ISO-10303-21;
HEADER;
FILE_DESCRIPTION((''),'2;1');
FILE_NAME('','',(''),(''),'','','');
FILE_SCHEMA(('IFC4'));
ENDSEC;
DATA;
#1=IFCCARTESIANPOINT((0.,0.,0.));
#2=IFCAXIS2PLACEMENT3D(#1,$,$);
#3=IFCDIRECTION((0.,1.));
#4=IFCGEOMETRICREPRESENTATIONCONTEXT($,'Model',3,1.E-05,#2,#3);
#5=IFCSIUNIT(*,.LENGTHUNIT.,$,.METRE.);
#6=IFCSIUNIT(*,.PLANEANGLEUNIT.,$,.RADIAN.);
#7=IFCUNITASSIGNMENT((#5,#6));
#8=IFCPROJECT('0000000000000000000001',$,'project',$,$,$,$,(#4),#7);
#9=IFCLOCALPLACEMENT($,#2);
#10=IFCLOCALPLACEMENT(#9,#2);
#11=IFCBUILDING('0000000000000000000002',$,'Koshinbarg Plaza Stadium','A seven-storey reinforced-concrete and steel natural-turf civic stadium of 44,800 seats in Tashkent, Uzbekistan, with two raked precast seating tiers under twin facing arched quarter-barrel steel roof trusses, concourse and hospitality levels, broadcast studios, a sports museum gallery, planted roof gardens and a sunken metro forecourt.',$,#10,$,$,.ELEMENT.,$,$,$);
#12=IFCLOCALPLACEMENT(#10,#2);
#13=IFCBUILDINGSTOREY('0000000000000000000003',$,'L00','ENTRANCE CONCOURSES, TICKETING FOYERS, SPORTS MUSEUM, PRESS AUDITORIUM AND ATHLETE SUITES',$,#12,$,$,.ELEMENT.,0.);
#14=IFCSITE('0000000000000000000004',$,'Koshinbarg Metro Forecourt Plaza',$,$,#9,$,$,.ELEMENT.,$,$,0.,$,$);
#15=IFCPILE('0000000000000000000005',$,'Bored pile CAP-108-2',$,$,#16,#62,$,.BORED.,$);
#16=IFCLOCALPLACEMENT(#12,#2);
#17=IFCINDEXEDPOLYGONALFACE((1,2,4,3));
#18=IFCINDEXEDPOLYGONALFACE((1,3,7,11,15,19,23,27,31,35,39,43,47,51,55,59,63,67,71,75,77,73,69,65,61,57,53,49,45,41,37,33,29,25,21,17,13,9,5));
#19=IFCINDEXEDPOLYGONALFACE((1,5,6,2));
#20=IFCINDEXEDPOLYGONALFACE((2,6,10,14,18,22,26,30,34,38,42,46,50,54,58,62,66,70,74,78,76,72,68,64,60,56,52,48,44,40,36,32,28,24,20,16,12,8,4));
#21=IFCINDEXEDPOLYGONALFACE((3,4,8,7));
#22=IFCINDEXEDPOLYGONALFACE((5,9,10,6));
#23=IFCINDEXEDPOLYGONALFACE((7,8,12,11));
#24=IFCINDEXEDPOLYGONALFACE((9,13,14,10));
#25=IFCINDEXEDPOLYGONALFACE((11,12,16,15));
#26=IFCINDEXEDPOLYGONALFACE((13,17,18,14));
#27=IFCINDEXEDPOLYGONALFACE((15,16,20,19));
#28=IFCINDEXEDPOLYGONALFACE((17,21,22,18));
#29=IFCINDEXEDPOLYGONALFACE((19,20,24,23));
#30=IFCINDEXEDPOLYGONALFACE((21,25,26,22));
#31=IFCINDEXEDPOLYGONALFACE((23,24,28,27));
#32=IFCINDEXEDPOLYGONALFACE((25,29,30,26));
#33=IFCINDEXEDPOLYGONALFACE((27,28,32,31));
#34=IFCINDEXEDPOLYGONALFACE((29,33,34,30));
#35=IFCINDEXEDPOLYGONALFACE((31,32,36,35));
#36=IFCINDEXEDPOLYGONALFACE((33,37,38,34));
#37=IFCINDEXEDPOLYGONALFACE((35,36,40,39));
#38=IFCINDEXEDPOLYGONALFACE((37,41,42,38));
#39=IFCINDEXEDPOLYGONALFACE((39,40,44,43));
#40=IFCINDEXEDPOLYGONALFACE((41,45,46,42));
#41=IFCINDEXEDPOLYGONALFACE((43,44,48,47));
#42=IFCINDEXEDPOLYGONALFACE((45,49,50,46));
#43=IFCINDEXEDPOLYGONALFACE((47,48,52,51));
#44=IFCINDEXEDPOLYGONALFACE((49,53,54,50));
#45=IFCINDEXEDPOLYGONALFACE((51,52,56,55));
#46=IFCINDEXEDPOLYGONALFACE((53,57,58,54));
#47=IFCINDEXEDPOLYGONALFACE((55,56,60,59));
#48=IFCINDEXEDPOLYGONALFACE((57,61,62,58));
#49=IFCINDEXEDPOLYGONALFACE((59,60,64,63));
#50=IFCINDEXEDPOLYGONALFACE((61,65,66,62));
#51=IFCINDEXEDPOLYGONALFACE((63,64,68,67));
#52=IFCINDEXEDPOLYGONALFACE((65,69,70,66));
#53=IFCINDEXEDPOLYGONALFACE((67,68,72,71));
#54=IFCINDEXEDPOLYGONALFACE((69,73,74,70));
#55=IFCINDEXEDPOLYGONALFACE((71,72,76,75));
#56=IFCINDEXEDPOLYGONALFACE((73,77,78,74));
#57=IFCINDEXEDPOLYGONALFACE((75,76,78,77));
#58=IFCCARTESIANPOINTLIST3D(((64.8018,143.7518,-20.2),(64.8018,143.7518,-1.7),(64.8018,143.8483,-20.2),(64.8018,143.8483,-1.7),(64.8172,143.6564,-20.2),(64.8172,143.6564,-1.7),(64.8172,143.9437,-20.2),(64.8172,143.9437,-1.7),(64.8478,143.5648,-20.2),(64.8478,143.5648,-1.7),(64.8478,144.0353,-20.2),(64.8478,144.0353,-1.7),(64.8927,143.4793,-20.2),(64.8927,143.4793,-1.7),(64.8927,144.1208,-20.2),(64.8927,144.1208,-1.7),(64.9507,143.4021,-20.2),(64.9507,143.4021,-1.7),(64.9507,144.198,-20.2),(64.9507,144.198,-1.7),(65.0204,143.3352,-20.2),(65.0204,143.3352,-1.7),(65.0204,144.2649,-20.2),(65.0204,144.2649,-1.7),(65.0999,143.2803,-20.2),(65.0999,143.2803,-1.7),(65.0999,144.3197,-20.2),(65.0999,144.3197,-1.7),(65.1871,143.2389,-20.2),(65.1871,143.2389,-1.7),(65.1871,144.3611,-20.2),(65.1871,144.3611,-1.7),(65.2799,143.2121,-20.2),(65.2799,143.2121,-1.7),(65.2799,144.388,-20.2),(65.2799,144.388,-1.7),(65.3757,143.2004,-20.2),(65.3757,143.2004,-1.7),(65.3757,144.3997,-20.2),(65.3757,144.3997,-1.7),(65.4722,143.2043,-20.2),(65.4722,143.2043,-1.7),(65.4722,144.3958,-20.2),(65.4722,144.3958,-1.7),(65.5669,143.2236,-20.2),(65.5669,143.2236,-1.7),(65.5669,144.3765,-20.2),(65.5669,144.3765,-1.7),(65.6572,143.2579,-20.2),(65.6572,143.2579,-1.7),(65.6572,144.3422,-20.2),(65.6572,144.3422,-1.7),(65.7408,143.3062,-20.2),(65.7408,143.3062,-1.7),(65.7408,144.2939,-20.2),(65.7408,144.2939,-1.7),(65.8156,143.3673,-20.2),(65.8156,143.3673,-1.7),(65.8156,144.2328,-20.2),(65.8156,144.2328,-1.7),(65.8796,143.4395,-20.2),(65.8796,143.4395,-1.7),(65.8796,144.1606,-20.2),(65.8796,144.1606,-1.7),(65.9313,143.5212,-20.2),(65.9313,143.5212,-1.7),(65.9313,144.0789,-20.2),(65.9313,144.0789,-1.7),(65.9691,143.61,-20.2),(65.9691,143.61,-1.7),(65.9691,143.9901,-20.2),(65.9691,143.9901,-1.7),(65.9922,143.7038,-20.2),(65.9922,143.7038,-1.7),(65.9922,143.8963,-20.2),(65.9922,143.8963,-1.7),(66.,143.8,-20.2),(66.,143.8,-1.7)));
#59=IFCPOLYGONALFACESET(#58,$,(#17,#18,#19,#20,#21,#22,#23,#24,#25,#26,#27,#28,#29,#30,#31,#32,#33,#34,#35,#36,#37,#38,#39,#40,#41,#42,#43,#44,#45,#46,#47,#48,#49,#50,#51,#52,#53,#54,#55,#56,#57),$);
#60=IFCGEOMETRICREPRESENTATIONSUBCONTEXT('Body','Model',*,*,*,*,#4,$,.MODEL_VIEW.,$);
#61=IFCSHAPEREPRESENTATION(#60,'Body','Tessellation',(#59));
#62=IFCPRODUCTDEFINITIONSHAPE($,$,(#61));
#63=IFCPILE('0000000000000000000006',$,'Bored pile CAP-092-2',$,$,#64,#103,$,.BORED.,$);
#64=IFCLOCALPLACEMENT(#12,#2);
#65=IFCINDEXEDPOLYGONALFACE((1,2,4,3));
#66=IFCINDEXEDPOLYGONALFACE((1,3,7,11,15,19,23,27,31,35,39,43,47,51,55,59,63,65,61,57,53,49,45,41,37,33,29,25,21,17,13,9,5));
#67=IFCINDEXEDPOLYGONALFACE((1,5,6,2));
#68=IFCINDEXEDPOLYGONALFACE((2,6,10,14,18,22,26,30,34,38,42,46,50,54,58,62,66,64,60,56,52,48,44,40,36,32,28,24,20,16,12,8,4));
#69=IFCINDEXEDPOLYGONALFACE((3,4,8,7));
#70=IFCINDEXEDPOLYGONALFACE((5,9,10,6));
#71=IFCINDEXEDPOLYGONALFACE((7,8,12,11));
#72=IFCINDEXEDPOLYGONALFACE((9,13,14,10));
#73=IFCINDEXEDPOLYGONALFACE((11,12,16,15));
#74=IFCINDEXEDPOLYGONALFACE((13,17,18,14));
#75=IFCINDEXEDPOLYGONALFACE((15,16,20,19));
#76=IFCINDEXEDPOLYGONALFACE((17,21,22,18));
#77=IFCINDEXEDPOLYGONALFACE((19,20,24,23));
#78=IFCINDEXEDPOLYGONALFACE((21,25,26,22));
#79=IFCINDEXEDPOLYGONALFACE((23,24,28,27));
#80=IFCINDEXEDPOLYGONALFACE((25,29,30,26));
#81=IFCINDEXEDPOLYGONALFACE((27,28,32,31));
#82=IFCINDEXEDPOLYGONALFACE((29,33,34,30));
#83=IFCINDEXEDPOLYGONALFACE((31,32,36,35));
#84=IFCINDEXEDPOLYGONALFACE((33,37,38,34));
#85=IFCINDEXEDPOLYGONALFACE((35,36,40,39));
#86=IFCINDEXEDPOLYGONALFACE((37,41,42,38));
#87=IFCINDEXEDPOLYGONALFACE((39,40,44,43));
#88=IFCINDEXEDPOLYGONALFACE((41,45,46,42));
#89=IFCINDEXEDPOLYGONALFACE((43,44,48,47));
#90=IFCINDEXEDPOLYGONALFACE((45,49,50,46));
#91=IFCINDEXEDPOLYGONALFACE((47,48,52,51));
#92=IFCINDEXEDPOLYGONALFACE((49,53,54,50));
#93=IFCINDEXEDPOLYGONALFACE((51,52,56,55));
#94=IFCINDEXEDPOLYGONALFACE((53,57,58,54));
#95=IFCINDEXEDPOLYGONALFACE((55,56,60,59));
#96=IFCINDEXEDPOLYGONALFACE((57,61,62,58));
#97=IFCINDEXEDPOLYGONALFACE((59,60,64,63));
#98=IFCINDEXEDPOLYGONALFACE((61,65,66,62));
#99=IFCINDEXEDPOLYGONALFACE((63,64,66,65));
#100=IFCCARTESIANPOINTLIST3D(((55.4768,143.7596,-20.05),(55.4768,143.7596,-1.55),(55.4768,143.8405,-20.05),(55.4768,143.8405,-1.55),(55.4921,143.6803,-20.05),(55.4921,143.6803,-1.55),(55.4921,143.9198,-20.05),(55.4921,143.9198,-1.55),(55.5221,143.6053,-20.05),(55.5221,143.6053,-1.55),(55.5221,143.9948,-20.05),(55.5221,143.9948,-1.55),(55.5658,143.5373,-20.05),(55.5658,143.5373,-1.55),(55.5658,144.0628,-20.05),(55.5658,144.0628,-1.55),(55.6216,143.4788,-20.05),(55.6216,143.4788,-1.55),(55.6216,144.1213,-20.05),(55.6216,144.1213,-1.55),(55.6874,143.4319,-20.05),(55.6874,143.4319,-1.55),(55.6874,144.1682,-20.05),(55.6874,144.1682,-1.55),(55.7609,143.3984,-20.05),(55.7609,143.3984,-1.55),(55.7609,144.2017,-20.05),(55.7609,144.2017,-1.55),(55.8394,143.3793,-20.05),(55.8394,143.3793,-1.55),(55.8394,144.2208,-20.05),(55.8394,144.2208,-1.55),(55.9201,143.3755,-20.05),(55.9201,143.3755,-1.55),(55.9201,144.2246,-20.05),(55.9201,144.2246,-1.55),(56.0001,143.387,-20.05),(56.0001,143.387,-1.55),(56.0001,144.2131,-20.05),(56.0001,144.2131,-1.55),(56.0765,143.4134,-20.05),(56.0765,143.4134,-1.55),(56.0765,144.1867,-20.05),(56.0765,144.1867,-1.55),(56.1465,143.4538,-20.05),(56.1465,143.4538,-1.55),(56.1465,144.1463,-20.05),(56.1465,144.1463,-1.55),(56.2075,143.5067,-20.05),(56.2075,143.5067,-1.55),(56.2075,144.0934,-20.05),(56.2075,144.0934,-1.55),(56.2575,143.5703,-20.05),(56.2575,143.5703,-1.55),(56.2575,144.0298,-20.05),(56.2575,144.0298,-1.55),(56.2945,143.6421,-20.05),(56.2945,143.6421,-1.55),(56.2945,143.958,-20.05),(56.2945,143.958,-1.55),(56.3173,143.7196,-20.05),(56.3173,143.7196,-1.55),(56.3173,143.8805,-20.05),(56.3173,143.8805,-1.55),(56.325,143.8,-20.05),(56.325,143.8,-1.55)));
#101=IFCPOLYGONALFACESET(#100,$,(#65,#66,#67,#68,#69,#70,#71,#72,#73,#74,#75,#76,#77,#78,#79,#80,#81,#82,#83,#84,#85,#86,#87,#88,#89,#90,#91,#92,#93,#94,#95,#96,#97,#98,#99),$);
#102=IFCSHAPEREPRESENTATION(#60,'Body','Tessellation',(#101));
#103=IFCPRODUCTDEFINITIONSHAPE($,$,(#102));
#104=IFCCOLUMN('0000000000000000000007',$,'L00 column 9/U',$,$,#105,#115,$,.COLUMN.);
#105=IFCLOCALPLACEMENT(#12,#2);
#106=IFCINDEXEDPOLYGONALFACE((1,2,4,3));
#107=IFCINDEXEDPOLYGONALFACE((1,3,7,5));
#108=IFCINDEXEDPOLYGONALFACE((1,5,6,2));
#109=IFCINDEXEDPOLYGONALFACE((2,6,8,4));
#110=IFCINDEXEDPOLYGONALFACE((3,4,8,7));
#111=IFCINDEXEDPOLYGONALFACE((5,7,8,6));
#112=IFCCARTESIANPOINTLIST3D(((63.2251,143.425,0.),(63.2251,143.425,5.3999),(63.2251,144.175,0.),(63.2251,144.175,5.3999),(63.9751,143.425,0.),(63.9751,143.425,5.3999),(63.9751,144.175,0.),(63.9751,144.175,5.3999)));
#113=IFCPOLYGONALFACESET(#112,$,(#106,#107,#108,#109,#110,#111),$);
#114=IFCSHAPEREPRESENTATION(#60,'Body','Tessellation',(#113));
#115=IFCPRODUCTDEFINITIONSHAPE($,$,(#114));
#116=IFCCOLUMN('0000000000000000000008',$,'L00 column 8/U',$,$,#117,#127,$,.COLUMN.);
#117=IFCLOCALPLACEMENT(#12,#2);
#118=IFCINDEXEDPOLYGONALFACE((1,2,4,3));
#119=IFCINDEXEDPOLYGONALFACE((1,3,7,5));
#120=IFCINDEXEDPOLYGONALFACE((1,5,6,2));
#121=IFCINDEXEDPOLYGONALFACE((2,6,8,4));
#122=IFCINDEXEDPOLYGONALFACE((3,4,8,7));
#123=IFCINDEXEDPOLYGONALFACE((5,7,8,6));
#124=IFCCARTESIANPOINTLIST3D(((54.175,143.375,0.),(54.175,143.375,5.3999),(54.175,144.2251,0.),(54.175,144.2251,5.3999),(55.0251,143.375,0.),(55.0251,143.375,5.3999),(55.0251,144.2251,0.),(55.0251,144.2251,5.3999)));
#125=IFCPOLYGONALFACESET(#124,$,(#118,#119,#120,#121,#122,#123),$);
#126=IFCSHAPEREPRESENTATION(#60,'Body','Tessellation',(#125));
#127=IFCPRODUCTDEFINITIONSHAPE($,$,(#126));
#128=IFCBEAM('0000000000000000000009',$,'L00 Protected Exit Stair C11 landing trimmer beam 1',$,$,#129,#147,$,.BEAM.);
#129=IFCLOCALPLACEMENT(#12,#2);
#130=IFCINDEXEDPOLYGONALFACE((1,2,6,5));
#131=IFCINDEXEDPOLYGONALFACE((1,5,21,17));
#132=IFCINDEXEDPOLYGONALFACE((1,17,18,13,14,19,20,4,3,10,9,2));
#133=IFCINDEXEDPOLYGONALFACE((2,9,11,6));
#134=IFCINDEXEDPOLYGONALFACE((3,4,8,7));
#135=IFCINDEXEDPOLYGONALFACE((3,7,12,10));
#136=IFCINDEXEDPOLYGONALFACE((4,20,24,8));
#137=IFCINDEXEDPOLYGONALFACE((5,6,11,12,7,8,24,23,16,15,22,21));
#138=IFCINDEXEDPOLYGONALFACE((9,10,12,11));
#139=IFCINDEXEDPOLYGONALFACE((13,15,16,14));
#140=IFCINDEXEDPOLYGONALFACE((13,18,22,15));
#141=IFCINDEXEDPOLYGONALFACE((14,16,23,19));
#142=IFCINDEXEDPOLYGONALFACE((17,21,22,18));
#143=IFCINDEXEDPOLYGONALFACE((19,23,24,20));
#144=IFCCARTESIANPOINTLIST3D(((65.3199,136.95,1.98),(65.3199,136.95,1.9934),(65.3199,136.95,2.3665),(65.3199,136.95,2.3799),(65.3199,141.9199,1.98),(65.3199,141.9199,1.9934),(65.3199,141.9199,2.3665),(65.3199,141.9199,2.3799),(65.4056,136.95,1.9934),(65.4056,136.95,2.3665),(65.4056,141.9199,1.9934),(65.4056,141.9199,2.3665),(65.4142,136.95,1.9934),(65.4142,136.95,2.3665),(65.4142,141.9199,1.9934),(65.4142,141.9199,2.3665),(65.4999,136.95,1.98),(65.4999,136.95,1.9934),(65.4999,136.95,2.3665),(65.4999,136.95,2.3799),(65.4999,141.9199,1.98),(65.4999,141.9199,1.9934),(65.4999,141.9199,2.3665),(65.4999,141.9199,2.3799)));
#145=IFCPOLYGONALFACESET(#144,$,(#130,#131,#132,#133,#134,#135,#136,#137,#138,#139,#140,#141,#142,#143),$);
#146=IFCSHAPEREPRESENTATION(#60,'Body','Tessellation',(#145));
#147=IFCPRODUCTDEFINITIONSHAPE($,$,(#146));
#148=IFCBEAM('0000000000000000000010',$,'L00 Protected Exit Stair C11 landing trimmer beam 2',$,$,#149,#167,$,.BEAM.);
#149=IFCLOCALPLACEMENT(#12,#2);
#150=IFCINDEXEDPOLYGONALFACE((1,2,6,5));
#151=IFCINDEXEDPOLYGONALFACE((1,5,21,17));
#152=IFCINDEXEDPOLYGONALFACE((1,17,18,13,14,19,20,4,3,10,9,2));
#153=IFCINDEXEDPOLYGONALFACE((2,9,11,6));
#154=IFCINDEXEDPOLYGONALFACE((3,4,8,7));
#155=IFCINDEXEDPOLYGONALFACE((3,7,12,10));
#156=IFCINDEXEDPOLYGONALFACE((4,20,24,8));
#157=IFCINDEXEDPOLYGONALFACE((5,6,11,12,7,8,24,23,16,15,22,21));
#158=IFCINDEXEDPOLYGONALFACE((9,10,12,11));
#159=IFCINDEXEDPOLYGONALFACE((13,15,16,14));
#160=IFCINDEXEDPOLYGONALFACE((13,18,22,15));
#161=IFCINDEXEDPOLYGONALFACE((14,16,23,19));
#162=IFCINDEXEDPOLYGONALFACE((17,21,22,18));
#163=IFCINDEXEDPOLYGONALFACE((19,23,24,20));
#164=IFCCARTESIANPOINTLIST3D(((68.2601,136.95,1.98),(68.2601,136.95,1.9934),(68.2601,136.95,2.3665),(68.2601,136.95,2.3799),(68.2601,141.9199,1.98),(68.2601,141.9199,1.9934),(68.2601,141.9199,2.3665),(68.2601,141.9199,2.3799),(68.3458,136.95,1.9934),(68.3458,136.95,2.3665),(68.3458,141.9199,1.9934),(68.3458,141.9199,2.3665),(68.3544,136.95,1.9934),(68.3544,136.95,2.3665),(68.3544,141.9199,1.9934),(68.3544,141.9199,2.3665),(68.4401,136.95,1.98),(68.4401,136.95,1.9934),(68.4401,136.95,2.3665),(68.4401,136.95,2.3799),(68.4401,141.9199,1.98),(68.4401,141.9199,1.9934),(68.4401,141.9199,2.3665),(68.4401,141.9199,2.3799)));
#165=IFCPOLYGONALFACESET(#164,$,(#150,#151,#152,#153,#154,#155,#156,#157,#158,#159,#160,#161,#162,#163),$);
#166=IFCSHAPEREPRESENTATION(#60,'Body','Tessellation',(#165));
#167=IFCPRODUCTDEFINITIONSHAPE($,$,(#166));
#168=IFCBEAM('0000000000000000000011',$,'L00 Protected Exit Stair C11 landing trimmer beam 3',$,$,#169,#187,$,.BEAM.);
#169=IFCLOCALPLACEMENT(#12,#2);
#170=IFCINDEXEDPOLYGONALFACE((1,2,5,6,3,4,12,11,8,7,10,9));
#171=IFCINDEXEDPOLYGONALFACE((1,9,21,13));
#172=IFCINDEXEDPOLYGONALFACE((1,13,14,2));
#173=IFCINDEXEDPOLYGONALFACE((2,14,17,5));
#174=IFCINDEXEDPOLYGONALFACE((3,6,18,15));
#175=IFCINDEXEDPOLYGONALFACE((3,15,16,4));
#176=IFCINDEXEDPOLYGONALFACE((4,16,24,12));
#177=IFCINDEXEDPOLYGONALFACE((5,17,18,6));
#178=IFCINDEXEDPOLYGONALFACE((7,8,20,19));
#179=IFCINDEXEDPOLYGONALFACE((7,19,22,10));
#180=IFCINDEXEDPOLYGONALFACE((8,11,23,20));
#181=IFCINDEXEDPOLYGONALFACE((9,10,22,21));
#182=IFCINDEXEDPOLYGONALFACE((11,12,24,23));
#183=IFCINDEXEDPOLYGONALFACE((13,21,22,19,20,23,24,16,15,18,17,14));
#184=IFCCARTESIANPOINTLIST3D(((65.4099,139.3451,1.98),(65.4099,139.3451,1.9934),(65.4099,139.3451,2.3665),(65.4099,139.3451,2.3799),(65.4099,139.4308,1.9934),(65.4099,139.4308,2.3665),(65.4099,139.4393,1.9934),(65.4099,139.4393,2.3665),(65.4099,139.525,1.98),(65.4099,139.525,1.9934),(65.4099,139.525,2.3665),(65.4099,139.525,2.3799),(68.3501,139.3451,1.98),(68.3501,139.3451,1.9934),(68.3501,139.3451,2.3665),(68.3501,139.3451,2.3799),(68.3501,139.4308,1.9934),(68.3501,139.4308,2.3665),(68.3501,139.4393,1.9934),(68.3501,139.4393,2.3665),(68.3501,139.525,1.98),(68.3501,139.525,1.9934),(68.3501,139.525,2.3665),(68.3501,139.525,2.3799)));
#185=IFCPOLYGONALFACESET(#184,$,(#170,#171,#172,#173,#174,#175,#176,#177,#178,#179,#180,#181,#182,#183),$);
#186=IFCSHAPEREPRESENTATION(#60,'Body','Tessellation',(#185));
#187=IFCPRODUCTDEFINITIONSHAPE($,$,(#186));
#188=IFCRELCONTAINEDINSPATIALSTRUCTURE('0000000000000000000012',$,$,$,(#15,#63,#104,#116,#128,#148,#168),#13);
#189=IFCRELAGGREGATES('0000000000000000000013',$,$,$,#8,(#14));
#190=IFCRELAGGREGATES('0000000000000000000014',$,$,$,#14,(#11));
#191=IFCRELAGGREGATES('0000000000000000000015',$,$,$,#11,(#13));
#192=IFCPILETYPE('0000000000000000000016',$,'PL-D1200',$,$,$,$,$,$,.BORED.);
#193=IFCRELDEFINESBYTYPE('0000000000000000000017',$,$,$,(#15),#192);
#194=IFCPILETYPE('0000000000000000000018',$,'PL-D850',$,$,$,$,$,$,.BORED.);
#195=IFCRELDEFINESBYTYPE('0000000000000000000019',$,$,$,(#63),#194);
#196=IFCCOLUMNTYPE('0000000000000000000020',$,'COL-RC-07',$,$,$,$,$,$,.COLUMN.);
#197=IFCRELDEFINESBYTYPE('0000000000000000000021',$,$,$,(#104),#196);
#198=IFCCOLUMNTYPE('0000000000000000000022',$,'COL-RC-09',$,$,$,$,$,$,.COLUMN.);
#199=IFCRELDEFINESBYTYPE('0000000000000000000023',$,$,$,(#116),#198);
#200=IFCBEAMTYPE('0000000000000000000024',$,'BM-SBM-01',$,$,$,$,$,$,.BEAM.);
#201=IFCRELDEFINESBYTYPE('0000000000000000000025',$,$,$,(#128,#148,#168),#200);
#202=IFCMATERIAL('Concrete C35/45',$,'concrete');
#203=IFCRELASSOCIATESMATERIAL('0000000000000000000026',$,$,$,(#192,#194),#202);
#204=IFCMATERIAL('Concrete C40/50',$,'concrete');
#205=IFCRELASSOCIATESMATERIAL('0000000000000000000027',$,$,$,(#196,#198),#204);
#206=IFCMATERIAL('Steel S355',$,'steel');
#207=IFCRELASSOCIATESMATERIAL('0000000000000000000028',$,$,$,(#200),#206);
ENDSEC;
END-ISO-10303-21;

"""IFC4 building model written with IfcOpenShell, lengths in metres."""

from ifc_helpers import new_model, si_unit, direction, frame, origin, origin_2d, place, context, subcontext, project, spatial, rectangle, circle, i_section, extrude, material, material_profile, profile_set, type_object, element, save


model = new_model("IFC4")

# Units and contexts
model_context = context("Model", 3, precision=1e-05, world=origin(), true_north=direction((0.0, 1.0)))
body_context = subcontext(model_context, "Body", "Model", "MODEL_VIEW")
ifc_project = project(units=[si_unit("LENGTHUNIT", "METRE"), si_unit("PLANEANGLEUNIT", "RADIAN")], contexts=[model_context])

# Site, building, storey
site_placement = place(None, origin())
site = spatial("IfcSite", under=ifc_project, at=site_placement, Name="Koshinbarg Metro Forecourt Plaza", CompositionType="ELEMENT", RefElevation=0.0)
building_placement = place(site_placement, origin())
building = spatial("IfcBuilding", under=site, at=building_placement, Name="Koshinbarg Plaza Stadium", Description="A seven-storey reinforced-concrete and steel natural-turf civic stadium of 44,800 seats in Tashkent, Uzbekistan, with two raked precast seating tiers under twin facing arched quarter-barrel steel roof trusses, concourse and hospitality levels, broadcast studios, a sports museum gallery, planted roof gardens and a sunken metro forecourt.", CompositionType="ELEMENT")
storey_placement = place(building_placement, origin())
storey = spatial("IfcBuildingStorey", under=building, at=storey_placement, Name="L00", Description="ENTRANCE CONCOURSES, TICKETING FOYERS, SPORTS MUSEUM, PRESS AUDITORIUM AND ATHLETE SUITES", CompositionType="ELEMENT", Elevation=0.0)

# Shared definitions
ifc_material_1 = material(Name="Concrete C35/45", Category="concrete")

# Piles
ifc_material_profile_1 = material_profile(ifc_material_1, circle(Radius=0.6001, at=origin_2d()), Name="PILE D1200")
ifc_profile_set_1 = profile_set([ifc_material_profile_1], Name="Concrete C35/45")
pile_type_1 = type_object("IfcPileType", Name="PL-D1200", PredefinedType="BORED", material=ifc_profile_set_1)
for number, where, z_axis, x_axis, name in (
    (1, (65.3999, 143.8, -1.7), (0.0, 0.0, -1.0), (1.0, 0.0, 0.0), "Bored pile CAP-108-2"),
):
    element("IfcPile", number, at=place(storey_placement, frame(where, z_axis=z_axis, x_axis=x_axis)), inside=storey, type_object=pile_type_1, Name=name, PredefinedType="BORED", context=body_context, shape_type="SweptSolid", body=[
        extrude(circle(Radius=0.6001, at=origin_2d()), origin(), (0.0, 0.0, 1.0), 18.5),
    ])
ifc_material_profile_2 = material_profile(ifc_material_1, circle(Radius=0.425, at=origin_2d()), Name="PILE D850")
ifc_profile_set_2 = profile_set([ifc_material_profile_2], Name="Concrete C35/45")
pile_type_2 = type_object("IfcPileType", Name="PL-D850", PredefinedType="BORED", material=ifc_profile_set_2)
pile_1_placement = place(storey_placement, frame((55.8999, 143.8, -1.55), z_axis=(0.0, 0.0, -1.0), x_axis=(1.0, 0.0, 0.0)))
element("IfcPile", 2, at=pile_1_placement, inside=storey, type_object=pile_type_2, Name="Bored pile CAP-092-2", PredefinedType="BORED", context=body_context, shape_type="SweptSolid", body=[
    extrude(circle(Radius=0.425, at=origin_2d()), origin(), (0.0, 0.0, 1.0), 18.5),
])

# Columns
ifc_material_2 = material(Name="Concrete C40/50", Category="concrete")
ifc_material_profile_3 = material_profile(ifc_material_2, rectangle(XDim=0.75, YDim=0.75, at=origin_2d()), Name="RC 750x750")
ifc_profile_set_3 = profile_set([ifc_material_profile_3], Name="Concrete C40/50")
column_type_1 = type_object("IfcColumnType", Name="COL-RC-07", PredefinedType="COLUMN", material=ifc_profile_set_3)
column_1_placement = place(storey_placement, frame((63.6001, 143.8, 0.0), z_axis=(0.0, 0.0, 1.0), x_axis=(1.0, 0.0, 0.0)))
element("IfcColumn", 3, at=column_1_placement, inside=storey, type_object=column_type_1, Name="L00 column 9/U", PredefinedType="COLUMN", context=body_context, shape_type="SweptSolid", body=[
    extrude(rectangle(XDim=0.75, YDim=0.75, at=origin_2d()), origin(), (0.0, 0.0, 1.0), 5.3999),
])
ifc_material_profile_4 = material_profile(ifc_material_2, rectangle(XDim=0.8501, YDim=0.8501, at=origin_2d()), Name="RC 850x850")
ifc_profile_set_4 = profile_set([ifc_material_profile_4], Name="Concrete C40/50")
column_type_2 = type_object("IfcColumnType", Name="COL-RC-09", PredefinedType="COLUMN", material=ifc_profile_set_4)
column_2_placement = place(storey_placement, frame((54.6001, 143.8, 0.0), z_axis=(0.0, 0.0, 1.0), x_axis=(1.0, 0.0, 0.0)))
element("IfcColumn", 4, at=column_2_placement, inside=storey, type_object=column_type_2, Name="L00 column 8/U", PredefinedType="COLUMN", context=body_context, shape_type="SweptSolid", body=[
    extrude(rectangle(XDim=0.8501, YDim=0.8501, at=origin_2d()), origin(), (0.0, 0.0, 1.0), 5.3999),
])

# Beams
ifc_material_3 = material(Name="Steel S355", Category="steel")
ifc_material_profile_5 = material_profile(ifc_material_3, i_section(OverallWidth=0.1799, OverallDepth=0.3999, WebThickness=0.0085, FlangeThickness=0.0134, at=origin_2d()), Name="IPE 400")
ifc_profile_set_5 = profile_set([ifc_material_profile_5], Name="Steel S355")
beam_type = type_object("IfcBeamType", Name="BM-SBM-01", PredefinedType="BEAM", material=ifc_profile_set_5)
for number, where, z_axis, x_axis, name in (
    (5, (65.4099, 136.95, 2.1799), (0.0, 1.0, 0.0), (-1.0, 0.0, 0.0), "L00 Protected Exit Stair C11 landing trimmer beam 1"),
    (6, (68.3501, 136.95, 2.1799), (0.0, 1.0, 0.0), (-1.0, 0.0, 0.0), "L00 Protected Exit Stair C11 landing trimmer beam 2"),
):
    element("IfcBeam", number, at=place(storey_placement, frame(where, z_axis=z_axis, x_axis=x_axis)), inside=storey, type_object=beam_type, Name=name, PredefinedType="BEAM", context=body_context, shape_type="SweptSolid", body=[
        extrude(i_section(OverallWidth=0.1799, OverallDepth=0.3999, WebThickness=0.0085, FlangeThickness=0.0134, at=origin_2d()), origin(), (0.0, 0.0, 1.0), 4.97),
    ])
beam_placement = place(storey_placement, frame((65.4099, 139.4351, 2.1799), z_axis=(1.0, 0.0, 0.0), x_axis=(0.0, 1.0, 0.0)))
element("IfcBeam", 7, at=beam_placement, inside=storey, type_object=beam_type, Name="L00 Protected Exit Stair C11 landing trimmer beam 3", PredefinedType="BEAM", context=body_context, shape_type="SweptSolid", body=[
    extrude(i_section(OverallWidth=0.1799, OverallDepth=0.3999, WebThickness=0.0085, FlangeThickness=0.0134, at=origin_2d()), origin(), (0.0, 0.0, 1.0), 2.9402),
])

save(model, "model.ifc")
